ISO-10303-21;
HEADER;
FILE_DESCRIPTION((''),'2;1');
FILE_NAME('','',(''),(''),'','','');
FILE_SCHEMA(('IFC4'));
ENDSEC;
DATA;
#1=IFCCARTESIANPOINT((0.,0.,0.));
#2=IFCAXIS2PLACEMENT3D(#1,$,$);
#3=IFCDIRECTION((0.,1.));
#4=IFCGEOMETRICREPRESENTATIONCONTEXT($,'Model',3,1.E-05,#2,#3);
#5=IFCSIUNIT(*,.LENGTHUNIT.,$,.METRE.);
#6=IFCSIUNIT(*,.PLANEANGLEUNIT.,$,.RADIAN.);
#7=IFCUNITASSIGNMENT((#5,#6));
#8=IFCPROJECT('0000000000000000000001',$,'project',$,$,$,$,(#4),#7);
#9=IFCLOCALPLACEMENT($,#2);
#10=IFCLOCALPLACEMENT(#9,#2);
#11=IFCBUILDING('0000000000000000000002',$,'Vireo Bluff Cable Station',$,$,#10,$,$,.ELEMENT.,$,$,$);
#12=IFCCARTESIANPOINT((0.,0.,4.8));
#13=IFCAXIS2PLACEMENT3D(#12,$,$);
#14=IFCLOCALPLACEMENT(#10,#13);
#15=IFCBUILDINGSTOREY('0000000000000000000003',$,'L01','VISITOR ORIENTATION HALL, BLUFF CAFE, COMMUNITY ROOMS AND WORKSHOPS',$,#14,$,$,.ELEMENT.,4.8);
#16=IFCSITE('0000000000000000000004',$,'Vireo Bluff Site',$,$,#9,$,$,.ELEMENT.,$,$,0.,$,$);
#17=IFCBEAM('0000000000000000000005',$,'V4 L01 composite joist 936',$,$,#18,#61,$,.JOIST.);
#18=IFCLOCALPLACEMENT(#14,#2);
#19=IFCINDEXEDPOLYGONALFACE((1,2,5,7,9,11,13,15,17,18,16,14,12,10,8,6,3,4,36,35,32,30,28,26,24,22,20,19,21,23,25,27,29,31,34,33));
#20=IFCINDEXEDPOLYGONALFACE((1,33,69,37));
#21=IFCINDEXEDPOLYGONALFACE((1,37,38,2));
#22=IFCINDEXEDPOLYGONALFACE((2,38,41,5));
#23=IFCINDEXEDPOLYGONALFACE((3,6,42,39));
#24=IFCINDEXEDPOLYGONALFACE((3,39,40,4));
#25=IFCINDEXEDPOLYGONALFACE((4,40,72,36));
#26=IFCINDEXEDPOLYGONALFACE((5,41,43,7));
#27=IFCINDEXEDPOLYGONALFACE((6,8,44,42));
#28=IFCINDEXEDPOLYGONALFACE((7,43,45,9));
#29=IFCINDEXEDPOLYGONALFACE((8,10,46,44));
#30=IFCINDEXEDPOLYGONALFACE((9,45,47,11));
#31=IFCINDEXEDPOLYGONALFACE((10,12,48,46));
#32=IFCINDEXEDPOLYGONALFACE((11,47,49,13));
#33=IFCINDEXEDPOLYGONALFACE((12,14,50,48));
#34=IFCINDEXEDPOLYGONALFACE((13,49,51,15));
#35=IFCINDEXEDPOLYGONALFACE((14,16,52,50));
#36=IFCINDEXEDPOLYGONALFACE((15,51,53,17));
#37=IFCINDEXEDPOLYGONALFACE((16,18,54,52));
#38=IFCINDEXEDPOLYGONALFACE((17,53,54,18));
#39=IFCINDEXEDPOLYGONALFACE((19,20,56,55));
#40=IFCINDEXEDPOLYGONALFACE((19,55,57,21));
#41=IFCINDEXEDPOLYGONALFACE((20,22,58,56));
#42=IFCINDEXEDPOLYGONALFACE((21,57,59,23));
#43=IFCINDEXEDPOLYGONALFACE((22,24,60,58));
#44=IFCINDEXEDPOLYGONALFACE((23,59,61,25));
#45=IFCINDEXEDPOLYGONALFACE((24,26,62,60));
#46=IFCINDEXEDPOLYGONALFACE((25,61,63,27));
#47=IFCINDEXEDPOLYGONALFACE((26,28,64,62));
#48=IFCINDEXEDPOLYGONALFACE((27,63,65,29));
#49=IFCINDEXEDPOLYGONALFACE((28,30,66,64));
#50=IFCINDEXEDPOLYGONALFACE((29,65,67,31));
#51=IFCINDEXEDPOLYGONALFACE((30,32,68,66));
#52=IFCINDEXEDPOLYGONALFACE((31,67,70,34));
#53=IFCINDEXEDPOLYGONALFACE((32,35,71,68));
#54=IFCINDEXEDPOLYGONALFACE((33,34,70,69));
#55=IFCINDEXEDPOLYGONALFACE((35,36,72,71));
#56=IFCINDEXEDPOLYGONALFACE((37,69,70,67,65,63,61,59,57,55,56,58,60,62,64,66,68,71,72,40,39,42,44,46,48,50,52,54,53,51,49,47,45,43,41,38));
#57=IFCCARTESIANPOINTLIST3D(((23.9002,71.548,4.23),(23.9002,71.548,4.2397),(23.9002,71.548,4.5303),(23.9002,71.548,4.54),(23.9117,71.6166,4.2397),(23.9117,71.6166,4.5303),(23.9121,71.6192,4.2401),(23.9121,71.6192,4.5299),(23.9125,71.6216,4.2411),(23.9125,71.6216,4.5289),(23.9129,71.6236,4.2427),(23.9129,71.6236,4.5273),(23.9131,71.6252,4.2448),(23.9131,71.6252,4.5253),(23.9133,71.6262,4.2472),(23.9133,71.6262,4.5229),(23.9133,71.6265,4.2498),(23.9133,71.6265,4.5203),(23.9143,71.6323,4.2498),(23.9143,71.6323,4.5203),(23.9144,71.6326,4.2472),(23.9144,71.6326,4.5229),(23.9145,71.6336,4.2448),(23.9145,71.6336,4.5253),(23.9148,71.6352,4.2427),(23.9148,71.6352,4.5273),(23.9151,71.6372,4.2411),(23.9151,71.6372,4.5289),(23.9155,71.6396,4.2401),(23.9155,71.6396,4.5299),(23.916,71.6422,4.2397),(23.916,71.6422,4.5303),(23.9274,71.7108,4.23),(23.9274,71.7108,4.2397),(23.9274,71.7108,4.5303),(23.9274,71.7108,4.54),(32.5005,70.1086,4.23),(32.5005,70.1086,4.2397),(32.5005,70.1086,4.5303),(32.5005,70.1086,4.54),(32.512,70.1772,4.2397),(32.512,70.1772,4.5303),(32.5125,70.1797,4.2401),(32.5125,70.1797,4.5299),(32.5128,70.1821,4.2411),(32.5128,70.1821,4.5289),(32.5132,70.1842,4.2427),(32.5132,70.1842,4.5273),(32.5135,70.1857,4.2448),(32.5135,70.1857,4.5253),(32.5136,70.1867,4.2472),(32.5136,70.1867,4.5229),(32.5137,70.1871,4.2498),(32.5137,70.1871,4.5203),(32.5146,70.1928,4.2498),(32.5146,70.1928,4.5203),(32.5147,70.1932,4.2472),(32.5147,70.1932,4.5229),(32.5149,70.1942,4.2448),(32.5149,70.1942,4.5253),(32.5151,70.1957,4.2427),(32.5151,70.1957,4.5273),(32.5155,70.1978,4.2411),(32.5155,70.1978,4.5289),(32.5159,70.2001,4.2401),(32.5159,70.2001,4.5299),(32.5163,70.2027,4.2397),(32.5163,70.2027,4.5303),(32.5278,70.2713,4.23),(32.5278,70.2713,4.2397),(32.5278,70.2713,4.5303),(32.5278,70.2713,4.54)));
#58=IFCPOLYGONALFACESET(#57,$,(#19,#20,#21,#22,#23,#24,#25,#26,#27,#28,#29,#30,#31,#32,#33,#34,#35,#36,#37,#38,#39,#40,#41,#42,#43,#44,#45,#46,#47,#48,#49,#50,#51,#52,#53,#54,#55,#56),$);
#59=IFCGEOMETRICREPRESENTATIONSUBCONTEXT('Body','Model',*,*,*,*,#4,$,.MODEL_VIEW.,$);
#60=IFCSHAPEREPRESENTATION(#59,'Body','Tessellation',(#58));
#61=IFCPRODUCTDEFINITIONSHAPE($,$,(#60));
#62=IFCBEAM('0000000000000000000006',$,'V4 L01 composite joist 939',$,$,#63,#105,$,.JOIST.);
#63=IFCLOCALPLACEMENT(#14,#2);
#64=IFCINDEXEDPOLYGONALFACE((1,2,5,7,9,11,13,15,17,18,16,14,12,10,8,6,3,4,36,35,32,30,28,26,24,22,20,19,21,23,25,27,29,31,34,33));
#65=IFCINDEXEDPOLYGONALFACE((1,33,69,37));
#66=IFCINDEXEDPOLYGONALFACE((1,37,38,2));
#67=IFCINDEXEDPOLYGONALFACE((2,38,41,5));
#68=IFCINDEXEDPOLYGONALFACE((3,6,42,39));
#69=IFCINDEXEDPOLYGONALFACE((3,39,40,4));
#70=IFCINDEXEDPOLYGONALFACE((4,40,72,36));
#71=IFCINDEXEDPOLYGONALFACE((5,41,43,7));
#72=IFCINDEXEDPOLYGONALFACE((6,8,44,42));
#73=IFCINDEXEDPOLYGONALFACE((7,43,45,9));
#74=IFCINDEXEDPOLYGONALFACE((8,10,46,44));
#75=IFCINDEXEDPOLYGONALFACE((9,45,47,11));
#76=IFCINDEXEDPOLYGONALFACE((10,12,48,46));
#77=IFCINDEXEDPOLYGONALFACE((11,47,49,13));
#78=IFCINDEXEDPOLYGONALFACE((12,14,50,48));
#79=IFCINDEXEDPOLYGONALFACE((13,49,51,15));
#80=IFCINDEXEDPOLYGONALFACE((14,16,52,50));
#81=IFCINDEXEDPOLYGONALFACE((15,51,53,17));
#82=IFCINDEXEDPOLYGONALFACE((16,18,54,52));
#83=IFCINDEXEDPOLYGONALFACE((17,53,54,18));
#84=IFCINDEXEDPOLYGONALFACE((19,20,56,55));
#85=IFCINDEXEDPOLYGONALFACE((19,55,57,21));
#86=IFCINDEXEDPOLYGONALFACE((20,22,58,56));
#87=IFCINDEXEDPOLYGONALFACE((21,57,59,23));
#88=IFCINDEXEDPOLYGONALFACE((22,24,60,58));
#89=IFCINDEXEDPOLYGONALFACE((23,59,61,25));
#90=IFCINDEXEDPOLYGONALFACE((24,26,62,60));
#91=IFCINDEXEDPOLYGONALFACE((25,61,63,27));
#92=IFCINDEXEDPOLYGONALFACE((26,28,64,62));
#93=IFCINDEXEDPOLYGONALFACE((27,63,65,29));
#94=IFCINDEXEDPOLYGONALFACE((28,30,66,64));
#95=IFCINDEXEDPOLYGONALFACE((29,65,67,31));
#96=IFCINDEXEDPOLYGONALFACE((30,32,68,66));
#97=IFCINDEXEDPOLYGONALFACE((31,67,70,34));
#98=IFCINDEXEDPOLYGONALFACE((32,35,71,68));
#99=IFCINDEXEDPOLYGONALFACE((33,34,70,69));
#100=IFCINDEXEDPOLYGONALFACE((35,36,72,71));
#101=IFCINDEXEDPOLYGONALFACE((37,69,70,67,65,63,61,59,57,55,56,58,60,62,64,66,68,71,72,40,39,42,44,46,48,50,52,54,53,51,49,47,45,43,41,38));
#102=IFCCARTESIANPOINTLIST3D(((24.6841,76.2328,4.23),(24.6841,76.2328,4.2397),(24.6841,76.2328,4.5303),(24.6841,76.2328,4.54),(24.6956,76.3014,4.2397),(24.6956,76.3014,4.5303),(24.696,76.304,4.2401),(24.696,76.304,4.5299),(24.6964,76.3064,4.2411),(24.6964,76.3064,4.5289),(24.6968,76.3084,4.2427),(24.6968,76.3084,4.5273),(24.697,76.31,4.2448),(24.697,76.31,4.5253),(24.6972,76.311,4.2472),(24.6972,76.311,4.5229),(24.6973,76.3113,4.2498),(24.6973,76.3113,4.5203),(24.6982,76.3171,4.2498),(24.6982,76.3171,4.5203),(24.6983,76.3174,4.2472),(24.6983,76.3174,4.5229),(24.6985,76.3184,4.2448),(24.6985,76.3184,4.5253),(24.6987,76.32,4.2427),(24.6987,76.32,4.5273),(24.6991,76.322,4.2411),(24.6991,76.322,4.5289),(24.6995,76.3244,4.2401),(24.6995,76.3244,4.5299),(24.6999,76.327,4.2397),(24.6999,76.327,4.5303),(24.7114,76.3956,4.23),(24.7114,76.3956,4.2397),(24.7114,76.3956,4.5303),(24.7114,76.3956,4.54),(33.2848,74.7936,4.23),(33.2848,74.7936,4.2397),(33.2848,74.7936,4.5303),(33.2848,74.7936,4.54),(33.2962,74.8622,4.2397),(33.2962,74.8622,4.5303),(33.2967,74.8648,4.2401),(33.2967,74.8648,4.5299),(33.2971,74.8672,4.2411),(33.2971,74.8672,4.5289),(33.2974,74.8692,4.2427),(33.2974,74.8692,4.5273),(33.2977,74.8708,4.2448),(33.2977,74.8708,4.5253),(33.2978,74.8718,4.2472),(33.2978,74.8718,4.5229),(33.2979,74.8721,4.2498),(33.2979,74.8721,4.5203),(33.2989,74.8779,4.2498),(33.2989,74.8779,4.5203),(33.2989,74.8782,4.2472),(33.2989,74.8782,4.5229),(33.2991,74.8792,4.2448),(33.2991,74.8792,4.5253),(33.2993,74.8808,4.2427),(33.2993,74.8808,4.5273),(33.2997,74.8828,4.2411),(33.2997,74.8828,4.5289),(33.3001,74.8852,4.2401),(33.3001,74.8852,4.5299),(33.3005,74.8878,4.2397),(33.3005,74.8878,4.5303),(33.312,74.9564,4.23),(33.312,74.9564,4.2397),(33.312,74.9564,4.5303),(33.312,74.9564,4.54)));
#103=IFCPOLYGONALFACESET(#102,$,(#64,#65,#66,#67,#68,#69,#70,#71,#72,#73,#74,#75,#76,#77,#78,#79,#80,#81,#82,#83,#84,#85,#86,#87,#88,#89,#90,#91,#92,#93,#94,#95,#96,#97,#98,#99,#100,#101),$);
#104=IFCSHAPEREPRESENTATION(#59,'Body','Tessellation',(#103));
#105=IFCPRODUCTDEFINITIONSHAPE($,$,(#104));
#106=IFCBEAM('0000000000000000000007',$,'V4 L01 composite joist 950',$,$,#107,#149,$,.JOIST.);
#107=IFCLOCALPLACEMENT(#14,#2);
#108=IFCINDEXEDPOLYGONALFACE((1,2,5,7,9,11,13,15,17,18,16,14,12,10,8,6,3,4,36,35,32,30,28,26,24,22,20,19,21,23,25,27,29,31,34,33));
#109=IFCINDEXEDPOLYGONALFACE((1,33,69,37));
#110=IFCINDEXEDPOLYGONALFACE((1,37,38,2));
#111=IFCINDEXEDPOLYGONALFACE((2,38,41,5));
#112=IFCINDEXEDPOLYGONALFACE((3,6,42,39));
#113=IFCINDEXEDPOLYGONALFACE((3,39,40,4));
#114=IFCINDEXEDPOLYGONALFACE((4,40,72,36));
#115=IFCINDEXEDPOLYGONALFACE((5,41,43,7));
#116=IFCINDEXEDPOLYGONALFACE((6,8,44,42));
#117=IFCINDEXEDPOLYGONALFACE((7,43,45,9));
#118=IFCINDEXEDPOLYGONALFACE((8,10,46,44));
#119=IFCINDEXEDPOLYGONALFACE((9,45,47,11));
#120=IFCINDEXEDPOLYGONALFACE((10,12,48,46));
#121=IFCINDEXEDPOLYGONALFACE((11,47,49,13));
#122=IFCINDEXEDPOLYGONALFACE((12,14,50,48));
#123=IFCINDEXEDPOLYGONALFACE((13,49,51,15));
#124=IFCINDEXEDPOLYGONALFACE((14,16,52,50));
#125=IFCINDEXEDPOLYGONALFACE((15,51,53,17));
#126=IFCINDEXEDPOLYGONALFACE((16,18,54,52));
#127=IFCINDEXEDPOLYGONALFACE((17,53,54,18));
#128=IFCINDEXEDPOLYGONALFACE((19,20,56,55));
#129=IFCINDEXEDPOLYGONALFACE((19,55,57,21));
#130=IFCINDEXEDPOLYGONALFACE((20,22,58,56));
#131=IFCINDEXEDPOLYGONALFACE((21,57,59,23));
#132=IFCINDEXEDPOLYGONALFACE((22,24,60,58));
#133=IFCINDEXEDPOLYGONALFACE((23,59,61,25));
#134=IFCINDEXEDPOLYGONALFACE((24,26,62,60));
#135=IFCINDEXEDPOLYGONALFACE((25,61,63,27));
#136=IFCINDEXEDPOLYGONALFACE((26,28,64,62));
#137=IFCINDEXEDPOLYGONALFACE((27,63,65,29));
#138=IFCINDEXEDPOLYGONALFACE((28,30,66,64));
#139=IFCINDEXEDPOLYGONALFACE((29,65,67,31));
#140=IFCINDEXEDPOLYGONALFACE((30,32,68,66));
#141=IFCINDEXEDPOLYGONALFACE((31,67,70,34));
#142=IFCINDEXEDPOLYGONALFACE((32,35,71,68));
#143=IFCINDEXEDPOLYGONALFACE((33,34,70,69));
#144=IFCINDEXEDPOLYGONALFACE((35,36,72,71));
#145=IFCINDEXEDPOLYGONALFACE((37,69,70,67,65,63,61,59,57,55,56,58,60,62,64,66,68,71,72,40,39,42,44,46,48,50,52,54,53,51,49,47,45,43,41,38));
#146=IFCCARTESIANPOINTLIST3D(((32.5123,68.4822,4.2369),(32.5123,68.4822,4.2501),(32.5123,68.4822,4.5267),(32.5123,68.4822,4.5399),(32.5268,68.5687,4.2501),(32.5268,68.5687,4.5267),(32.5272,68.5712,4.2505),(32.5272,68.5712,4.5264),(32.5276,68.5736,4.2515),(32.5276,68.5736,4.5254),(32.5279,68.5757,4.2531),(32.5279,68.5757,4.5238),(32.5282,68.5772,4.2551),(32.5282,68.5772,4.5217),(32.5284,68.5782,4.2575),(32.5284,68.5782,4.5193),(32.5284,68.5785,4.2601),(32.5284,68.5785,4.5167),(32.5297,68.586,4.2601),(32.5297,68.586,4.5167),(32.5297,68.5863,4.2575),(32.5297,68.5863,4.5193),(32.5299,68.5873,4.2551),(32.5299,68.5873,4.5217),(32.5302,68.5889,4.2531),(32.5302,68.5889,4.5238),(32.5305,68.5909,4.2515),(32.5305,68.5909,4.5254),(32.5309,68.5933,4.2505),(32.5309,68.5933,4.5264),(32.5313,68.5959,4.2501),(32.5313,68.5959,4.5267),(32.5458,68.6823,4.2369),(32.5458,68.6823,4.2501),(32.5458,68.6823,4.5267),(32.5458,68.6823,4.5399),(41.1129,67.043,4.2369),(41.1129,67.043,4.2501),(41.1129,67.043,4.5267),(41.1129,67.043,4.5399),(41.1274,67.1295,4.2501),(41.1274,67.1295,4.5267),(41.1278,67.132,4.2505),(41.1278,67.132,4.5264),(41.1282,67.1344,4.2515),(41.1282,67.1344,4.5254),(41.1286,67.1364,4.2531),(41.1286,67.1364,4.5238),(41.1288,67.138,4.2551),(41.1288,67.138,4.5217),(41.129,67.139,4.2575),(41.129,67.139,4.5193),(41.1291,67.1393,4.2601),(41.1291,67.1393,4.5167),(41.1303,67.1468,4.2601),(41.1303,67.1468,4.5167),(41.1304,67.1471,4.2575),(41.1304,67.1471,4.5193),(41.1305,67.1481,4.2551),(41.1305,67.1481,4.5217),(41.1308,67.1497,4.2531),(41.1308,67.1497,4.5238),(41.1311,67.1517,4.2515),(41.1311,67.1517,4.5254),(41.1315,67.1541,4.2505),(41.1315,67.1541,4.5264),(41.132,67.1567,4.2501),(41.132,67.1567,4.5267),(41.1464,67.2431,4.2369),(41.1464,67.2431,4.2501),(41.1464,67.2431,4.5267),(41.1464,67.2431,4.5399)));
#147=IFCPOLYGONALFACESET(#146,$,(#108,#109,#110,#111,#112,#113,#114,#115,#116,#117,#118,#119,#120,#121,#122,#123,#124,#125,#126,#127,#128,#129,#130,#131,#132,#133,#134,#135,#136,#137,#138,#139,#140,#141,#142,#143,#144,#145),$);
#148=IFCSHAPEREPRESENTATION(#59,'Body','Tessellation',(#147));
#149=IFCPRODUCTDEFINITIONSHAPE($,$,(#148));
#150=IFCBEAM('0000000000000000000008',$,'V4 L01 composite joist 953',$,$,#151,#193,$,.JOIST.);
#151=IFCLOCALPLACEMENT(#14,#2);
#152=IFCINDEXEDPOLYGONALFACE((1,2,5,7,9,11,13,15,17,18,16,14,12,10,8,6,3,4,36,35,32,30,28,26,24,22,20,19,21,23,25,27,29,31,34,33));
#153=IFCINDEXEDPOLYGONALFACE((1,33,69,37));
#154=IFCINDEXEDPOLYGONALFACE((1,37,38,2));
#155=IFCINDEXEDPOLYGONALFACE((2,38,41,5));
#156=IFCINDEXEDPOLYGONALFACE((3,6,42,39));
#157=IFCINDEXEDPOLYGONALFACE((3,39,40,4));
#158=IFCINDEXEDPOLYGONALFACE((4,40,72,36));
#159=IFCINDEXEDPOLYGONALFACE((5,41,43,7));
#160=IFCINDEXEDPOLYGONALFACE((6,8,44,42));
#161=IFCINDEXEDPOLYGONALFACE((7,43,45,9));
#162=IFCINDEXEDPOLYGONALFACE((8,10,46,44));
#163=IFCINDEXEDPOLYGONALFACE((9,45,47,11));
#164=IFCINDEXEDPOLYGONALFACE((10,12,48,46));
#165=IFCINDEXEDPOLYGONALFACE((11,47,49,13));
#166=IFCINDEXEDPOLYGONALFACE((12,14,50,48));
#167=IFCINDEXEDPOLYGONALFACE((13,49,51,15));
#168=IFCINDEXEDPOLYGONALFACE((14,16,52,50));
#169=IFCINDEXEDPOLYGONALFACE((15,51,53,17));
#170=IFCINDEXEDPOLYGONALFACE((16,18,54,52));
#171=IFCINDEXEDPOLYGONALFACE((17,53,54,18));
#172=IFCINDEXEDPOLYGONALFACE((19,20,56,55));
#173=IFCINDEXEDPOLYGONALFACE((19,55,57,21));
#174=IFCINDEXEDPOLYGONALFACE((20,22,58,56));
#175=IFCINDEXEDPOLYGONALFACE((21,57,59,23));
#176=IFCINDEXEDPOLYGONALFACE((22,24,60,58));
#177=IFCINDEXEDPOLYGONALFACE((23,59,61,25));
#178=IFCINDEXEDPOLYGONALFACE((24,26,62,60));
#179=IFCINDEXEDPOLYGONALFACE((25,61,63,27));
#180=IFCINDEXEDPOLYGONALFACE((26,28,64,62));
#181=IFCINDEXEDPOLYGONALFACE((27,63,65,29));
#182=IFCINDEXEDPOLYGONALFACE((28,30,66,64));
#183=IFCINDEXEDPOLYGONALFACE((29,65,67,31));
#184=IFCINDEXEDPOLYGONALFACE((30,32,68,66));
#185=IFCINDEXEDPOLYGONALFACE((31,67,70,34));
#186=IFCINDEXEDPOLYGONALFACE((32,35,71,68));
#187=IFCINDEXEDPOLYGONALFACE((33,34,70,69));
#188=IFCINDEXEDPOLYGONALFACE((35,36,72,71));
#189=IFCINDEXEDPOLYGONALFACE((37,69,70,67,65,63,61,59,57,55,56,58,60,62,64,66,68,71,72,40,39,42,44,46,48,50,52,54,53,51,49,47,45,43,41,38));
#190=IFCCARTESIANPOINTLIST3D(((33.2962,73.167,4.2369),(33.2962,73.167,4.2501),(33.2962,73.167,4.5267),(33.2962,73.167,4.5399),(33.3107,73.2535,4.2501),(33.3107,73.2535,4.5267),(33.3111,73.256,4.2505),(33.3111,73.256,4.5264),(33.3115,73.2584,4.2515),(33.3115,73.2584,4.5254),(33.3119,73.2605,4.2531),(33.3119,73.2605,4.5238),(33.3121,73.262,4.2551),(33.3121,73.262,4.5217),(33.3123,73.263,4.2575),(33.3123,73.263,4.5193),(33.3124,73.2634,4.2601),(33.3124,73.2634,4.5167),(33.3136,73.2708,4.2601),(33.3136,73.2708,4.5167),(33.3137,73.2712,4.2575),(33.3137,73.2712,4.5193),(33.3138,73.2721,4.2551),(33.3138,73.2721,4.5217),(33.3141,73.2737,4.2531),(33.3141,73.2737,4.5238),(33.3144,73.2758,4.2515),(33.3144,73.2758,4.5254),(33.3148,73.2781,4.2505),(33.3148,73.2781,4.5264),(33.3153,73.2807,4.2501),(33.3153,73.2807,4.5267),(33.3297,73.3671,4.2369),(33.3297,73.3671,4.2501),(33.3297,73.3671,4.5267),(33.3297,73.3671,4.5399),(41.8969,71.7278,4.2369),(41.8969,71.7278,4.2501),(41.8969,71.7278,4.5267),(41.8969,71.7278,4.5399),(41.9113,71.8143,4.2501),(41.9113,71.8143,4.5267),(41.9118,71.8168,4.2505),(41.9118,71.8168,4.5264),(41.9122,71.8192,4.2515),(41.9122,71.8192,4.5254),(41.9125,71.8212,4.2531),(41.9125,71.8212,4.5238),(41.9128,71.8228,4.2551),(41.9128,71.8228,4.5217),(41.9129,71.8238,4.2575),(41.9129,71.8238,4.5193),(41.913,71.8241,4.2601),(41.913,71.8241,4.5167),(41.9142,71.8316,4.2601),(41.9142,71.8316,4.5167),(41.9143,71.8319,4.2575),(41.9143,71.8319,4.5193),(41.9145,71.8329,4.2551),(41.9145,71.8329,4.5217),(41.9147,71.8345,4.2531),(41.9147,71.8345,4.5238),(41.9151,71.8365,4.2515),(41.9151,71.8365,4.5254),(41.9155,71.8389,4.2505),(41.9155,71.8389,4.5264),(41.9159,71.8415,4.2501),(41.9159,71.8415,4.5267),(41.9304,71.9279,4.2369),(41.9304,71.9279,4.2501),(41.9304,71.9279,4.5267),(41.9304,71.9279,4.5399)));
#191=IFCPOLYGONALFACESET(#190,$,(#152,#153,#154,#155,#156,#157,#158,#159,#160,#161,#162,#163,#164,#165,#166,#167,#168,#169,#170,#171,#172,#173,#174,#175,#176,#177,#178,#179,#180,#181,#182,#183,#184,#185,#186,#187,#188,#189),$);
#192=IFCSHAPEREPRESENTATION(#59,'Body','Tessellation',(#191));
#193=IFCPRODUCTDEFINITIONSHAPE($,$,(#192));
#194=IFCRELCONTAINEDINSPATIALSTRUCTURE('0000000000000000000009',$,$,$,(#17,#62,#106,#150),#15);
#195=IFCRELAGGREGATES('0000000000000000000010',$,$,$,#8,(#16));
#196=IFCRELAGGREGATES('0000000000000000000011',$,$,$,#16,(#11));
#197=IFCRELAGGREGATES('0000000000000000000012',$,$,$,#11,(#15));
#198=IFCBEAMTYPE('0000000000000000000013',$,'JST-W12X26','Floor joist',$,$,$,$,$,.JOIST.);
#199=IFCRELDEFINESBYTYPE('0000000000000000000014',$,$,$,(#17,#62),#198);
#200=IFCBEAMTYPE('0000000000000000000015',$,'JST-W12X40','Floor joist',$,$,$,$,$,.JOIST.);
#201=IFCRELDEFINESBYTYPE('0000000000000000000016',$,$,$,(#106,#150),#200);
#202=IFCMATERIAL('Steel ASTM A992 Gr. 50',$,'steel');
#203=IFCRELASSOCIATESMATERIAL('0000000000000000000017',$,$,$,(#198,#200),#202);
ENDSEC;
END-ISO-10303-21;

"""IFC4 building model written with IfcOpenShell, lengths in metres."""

from ifc_helpers import new_model, si_unit, direction, frame, origin, origin_2d, place, context, subcontext, project, spatial, i_section, extrude, material, material_profile, profile_set, type_object, element, save


model = new_model("IFC4")

# Units and contexts
model_context = context("Model", 3, precision=1e-05, world=origin(), true_north=direction((0.0, 1.0)))
body_context = subcontext(model_context, "Body", "Model", "MODEL_VIEW")
ifc_project = project(units=[si_unit("LENGTHUNIT", "METRE"), si_unit("PLANEANGLEUNIT", "RADIAN")], contexts=[model_context])

# Site, building, storey
site_placement = place(None, origin())
site = spatial("IfcSite", under=ifc_project, at=site_placement, Name="Vireo Bluff Site", CompositionType="ELEMENT", RefElevation=0.0)
building_placement = place(site_placement, origin())
building = spatial("IfcBuilding", under=site, at=building_placement, Name="Vireo Bluff Cable Station", CompositionType="ELEMENT")
storey_placement = place(building_placement, frame((0.0, 0.0, 4.8)))
storey = spatial("IfcBuildingStorey", under=building, at=storey_placement, Name="L01", Description="VISITOR ORIENTATION HALL, BLUFF CAFE, COMMUNITY ROOMS AND WORKSHOPS", CompositionType="ELEMENT", Elevation=4.8)

# Shared definitions
ifc_material_1 = material(Name="Steel ASTM A992 Gr. 50", Category="steel")

# Beams
ifc_material_profile_1 = material_profile(ifc_material_1, i_section(OverallWidth=0.165, OverallDepth=0.3101, WebThickness=0.0059, FlangeThickness=0.0098, FilletRadius=0.01, at=origin_2d()), Name="W12X26")
ifc_profile_set_1 = profile_set([ifc_material_profile_1], Name="Steel ASTM A992 Gr. 50")
beam_type_1 = type_object("IfcBeamType", Name="JST-W12X26", Description="Floor joist", PredefinedType="JOIST", material=ifc_profile_set_1)
beam_1_placement = place(storey_placement, frame((23.9138, 71.6294, 4.385), z_axis=(0.986281, -0.165075, 0.0), x_axis=(0.165075, 0.986281, 0.0)))
element("IfcBeam", 1, at=beam_1_placement, inside=storey, type_object=beam_type_1, Name="V4 L01 composite joist 936", PredefinedType="JOIST", context=body_context, shape_type="SweptSolid", body=[
    extrude(i_section(OverallWidth=0.165, OverallDepth=0.3101, WebThickness=0.0059, FlangeThickness=0.0098, FilletRadius=0.01, at=origin_2d()), origin(), (0.0, 0.0, 1.0), 8.72),
])
beam_2_placement = place(storey_placement, frame((24.6978, 76.3142, 4.385), z_axis=(0.986286, -0.165044, 0.0), x_axis=(0.165044, 0.986286, 0.0)))
element("IfcBeam", 2, at=beam_2_placement, inside=storey, type_object=beam_type_1, Name="V4 L01 composite joist 939", PredefinedType="JOIST", context=body_context, shape_type="SweptSolid", body=[
    extrude(i_section(OverallWidth=0.165, OverallDepth=0.3101, WebThickness=0.0059, FlangeThickness=0.0098, FilletRadius=0.01, at=origin_2d()), origin(), (0.0, 0.0, 1.0), 8.7202),
])
ifc_material_profile_2 = material_profile(ifc_material_1, i_section(OverallWidth=0.2029, OverallDepth=0.303, WebThickness=0.0076, FlangeThickness=0.0132, FilletRadius=0.01, at=origin_2d()), Name="W12X40")
ifc_profile_set_2 = profile_set([ifc_material_profile_2], Name="Steel ASTM A992 Gr. 50")
beam_type_2 = type_object("IfcBeamType", Name="JST-W12X40", Description="Floor joist", PredefinedType="JOIST", material=ifc_profile_set_2)
for number, where, z_axis, x_axis, name in (
    (3, (32.5291, 68.5823, 4.3884), (0.986286, -0.165044, 0.0), (0.165044, 0.986286, 0.0), "V4 L01 composite joist 950"),
    (4, (33.313, 73.2671, 4.3884), (0.986286, -0.165044, 0.0), (0.165044, 0.986286, 0.0), "V4 L01 composite joist 953"),
):
    element("IfcBeam", number, at=place(storey_placement, frame(where, z_axis=z_axis, x_axis=x_axis)), inside=storey, type_object=beam_type_2, Name=name, PredefinedType="JOIST", context=body_context, shape_type="SweptSolid", body=[
        extrude(i_section(OverallWidth=0.2029, OverallDepth=0.303, WebThickness=0.0076, FlangeThickness=0.0132, FilletRadius=0.01, at=origin_2d()), origin(), (0.0, 0.0, 1.0), 8.7202),
    ])

save(model, "model.ifc")
